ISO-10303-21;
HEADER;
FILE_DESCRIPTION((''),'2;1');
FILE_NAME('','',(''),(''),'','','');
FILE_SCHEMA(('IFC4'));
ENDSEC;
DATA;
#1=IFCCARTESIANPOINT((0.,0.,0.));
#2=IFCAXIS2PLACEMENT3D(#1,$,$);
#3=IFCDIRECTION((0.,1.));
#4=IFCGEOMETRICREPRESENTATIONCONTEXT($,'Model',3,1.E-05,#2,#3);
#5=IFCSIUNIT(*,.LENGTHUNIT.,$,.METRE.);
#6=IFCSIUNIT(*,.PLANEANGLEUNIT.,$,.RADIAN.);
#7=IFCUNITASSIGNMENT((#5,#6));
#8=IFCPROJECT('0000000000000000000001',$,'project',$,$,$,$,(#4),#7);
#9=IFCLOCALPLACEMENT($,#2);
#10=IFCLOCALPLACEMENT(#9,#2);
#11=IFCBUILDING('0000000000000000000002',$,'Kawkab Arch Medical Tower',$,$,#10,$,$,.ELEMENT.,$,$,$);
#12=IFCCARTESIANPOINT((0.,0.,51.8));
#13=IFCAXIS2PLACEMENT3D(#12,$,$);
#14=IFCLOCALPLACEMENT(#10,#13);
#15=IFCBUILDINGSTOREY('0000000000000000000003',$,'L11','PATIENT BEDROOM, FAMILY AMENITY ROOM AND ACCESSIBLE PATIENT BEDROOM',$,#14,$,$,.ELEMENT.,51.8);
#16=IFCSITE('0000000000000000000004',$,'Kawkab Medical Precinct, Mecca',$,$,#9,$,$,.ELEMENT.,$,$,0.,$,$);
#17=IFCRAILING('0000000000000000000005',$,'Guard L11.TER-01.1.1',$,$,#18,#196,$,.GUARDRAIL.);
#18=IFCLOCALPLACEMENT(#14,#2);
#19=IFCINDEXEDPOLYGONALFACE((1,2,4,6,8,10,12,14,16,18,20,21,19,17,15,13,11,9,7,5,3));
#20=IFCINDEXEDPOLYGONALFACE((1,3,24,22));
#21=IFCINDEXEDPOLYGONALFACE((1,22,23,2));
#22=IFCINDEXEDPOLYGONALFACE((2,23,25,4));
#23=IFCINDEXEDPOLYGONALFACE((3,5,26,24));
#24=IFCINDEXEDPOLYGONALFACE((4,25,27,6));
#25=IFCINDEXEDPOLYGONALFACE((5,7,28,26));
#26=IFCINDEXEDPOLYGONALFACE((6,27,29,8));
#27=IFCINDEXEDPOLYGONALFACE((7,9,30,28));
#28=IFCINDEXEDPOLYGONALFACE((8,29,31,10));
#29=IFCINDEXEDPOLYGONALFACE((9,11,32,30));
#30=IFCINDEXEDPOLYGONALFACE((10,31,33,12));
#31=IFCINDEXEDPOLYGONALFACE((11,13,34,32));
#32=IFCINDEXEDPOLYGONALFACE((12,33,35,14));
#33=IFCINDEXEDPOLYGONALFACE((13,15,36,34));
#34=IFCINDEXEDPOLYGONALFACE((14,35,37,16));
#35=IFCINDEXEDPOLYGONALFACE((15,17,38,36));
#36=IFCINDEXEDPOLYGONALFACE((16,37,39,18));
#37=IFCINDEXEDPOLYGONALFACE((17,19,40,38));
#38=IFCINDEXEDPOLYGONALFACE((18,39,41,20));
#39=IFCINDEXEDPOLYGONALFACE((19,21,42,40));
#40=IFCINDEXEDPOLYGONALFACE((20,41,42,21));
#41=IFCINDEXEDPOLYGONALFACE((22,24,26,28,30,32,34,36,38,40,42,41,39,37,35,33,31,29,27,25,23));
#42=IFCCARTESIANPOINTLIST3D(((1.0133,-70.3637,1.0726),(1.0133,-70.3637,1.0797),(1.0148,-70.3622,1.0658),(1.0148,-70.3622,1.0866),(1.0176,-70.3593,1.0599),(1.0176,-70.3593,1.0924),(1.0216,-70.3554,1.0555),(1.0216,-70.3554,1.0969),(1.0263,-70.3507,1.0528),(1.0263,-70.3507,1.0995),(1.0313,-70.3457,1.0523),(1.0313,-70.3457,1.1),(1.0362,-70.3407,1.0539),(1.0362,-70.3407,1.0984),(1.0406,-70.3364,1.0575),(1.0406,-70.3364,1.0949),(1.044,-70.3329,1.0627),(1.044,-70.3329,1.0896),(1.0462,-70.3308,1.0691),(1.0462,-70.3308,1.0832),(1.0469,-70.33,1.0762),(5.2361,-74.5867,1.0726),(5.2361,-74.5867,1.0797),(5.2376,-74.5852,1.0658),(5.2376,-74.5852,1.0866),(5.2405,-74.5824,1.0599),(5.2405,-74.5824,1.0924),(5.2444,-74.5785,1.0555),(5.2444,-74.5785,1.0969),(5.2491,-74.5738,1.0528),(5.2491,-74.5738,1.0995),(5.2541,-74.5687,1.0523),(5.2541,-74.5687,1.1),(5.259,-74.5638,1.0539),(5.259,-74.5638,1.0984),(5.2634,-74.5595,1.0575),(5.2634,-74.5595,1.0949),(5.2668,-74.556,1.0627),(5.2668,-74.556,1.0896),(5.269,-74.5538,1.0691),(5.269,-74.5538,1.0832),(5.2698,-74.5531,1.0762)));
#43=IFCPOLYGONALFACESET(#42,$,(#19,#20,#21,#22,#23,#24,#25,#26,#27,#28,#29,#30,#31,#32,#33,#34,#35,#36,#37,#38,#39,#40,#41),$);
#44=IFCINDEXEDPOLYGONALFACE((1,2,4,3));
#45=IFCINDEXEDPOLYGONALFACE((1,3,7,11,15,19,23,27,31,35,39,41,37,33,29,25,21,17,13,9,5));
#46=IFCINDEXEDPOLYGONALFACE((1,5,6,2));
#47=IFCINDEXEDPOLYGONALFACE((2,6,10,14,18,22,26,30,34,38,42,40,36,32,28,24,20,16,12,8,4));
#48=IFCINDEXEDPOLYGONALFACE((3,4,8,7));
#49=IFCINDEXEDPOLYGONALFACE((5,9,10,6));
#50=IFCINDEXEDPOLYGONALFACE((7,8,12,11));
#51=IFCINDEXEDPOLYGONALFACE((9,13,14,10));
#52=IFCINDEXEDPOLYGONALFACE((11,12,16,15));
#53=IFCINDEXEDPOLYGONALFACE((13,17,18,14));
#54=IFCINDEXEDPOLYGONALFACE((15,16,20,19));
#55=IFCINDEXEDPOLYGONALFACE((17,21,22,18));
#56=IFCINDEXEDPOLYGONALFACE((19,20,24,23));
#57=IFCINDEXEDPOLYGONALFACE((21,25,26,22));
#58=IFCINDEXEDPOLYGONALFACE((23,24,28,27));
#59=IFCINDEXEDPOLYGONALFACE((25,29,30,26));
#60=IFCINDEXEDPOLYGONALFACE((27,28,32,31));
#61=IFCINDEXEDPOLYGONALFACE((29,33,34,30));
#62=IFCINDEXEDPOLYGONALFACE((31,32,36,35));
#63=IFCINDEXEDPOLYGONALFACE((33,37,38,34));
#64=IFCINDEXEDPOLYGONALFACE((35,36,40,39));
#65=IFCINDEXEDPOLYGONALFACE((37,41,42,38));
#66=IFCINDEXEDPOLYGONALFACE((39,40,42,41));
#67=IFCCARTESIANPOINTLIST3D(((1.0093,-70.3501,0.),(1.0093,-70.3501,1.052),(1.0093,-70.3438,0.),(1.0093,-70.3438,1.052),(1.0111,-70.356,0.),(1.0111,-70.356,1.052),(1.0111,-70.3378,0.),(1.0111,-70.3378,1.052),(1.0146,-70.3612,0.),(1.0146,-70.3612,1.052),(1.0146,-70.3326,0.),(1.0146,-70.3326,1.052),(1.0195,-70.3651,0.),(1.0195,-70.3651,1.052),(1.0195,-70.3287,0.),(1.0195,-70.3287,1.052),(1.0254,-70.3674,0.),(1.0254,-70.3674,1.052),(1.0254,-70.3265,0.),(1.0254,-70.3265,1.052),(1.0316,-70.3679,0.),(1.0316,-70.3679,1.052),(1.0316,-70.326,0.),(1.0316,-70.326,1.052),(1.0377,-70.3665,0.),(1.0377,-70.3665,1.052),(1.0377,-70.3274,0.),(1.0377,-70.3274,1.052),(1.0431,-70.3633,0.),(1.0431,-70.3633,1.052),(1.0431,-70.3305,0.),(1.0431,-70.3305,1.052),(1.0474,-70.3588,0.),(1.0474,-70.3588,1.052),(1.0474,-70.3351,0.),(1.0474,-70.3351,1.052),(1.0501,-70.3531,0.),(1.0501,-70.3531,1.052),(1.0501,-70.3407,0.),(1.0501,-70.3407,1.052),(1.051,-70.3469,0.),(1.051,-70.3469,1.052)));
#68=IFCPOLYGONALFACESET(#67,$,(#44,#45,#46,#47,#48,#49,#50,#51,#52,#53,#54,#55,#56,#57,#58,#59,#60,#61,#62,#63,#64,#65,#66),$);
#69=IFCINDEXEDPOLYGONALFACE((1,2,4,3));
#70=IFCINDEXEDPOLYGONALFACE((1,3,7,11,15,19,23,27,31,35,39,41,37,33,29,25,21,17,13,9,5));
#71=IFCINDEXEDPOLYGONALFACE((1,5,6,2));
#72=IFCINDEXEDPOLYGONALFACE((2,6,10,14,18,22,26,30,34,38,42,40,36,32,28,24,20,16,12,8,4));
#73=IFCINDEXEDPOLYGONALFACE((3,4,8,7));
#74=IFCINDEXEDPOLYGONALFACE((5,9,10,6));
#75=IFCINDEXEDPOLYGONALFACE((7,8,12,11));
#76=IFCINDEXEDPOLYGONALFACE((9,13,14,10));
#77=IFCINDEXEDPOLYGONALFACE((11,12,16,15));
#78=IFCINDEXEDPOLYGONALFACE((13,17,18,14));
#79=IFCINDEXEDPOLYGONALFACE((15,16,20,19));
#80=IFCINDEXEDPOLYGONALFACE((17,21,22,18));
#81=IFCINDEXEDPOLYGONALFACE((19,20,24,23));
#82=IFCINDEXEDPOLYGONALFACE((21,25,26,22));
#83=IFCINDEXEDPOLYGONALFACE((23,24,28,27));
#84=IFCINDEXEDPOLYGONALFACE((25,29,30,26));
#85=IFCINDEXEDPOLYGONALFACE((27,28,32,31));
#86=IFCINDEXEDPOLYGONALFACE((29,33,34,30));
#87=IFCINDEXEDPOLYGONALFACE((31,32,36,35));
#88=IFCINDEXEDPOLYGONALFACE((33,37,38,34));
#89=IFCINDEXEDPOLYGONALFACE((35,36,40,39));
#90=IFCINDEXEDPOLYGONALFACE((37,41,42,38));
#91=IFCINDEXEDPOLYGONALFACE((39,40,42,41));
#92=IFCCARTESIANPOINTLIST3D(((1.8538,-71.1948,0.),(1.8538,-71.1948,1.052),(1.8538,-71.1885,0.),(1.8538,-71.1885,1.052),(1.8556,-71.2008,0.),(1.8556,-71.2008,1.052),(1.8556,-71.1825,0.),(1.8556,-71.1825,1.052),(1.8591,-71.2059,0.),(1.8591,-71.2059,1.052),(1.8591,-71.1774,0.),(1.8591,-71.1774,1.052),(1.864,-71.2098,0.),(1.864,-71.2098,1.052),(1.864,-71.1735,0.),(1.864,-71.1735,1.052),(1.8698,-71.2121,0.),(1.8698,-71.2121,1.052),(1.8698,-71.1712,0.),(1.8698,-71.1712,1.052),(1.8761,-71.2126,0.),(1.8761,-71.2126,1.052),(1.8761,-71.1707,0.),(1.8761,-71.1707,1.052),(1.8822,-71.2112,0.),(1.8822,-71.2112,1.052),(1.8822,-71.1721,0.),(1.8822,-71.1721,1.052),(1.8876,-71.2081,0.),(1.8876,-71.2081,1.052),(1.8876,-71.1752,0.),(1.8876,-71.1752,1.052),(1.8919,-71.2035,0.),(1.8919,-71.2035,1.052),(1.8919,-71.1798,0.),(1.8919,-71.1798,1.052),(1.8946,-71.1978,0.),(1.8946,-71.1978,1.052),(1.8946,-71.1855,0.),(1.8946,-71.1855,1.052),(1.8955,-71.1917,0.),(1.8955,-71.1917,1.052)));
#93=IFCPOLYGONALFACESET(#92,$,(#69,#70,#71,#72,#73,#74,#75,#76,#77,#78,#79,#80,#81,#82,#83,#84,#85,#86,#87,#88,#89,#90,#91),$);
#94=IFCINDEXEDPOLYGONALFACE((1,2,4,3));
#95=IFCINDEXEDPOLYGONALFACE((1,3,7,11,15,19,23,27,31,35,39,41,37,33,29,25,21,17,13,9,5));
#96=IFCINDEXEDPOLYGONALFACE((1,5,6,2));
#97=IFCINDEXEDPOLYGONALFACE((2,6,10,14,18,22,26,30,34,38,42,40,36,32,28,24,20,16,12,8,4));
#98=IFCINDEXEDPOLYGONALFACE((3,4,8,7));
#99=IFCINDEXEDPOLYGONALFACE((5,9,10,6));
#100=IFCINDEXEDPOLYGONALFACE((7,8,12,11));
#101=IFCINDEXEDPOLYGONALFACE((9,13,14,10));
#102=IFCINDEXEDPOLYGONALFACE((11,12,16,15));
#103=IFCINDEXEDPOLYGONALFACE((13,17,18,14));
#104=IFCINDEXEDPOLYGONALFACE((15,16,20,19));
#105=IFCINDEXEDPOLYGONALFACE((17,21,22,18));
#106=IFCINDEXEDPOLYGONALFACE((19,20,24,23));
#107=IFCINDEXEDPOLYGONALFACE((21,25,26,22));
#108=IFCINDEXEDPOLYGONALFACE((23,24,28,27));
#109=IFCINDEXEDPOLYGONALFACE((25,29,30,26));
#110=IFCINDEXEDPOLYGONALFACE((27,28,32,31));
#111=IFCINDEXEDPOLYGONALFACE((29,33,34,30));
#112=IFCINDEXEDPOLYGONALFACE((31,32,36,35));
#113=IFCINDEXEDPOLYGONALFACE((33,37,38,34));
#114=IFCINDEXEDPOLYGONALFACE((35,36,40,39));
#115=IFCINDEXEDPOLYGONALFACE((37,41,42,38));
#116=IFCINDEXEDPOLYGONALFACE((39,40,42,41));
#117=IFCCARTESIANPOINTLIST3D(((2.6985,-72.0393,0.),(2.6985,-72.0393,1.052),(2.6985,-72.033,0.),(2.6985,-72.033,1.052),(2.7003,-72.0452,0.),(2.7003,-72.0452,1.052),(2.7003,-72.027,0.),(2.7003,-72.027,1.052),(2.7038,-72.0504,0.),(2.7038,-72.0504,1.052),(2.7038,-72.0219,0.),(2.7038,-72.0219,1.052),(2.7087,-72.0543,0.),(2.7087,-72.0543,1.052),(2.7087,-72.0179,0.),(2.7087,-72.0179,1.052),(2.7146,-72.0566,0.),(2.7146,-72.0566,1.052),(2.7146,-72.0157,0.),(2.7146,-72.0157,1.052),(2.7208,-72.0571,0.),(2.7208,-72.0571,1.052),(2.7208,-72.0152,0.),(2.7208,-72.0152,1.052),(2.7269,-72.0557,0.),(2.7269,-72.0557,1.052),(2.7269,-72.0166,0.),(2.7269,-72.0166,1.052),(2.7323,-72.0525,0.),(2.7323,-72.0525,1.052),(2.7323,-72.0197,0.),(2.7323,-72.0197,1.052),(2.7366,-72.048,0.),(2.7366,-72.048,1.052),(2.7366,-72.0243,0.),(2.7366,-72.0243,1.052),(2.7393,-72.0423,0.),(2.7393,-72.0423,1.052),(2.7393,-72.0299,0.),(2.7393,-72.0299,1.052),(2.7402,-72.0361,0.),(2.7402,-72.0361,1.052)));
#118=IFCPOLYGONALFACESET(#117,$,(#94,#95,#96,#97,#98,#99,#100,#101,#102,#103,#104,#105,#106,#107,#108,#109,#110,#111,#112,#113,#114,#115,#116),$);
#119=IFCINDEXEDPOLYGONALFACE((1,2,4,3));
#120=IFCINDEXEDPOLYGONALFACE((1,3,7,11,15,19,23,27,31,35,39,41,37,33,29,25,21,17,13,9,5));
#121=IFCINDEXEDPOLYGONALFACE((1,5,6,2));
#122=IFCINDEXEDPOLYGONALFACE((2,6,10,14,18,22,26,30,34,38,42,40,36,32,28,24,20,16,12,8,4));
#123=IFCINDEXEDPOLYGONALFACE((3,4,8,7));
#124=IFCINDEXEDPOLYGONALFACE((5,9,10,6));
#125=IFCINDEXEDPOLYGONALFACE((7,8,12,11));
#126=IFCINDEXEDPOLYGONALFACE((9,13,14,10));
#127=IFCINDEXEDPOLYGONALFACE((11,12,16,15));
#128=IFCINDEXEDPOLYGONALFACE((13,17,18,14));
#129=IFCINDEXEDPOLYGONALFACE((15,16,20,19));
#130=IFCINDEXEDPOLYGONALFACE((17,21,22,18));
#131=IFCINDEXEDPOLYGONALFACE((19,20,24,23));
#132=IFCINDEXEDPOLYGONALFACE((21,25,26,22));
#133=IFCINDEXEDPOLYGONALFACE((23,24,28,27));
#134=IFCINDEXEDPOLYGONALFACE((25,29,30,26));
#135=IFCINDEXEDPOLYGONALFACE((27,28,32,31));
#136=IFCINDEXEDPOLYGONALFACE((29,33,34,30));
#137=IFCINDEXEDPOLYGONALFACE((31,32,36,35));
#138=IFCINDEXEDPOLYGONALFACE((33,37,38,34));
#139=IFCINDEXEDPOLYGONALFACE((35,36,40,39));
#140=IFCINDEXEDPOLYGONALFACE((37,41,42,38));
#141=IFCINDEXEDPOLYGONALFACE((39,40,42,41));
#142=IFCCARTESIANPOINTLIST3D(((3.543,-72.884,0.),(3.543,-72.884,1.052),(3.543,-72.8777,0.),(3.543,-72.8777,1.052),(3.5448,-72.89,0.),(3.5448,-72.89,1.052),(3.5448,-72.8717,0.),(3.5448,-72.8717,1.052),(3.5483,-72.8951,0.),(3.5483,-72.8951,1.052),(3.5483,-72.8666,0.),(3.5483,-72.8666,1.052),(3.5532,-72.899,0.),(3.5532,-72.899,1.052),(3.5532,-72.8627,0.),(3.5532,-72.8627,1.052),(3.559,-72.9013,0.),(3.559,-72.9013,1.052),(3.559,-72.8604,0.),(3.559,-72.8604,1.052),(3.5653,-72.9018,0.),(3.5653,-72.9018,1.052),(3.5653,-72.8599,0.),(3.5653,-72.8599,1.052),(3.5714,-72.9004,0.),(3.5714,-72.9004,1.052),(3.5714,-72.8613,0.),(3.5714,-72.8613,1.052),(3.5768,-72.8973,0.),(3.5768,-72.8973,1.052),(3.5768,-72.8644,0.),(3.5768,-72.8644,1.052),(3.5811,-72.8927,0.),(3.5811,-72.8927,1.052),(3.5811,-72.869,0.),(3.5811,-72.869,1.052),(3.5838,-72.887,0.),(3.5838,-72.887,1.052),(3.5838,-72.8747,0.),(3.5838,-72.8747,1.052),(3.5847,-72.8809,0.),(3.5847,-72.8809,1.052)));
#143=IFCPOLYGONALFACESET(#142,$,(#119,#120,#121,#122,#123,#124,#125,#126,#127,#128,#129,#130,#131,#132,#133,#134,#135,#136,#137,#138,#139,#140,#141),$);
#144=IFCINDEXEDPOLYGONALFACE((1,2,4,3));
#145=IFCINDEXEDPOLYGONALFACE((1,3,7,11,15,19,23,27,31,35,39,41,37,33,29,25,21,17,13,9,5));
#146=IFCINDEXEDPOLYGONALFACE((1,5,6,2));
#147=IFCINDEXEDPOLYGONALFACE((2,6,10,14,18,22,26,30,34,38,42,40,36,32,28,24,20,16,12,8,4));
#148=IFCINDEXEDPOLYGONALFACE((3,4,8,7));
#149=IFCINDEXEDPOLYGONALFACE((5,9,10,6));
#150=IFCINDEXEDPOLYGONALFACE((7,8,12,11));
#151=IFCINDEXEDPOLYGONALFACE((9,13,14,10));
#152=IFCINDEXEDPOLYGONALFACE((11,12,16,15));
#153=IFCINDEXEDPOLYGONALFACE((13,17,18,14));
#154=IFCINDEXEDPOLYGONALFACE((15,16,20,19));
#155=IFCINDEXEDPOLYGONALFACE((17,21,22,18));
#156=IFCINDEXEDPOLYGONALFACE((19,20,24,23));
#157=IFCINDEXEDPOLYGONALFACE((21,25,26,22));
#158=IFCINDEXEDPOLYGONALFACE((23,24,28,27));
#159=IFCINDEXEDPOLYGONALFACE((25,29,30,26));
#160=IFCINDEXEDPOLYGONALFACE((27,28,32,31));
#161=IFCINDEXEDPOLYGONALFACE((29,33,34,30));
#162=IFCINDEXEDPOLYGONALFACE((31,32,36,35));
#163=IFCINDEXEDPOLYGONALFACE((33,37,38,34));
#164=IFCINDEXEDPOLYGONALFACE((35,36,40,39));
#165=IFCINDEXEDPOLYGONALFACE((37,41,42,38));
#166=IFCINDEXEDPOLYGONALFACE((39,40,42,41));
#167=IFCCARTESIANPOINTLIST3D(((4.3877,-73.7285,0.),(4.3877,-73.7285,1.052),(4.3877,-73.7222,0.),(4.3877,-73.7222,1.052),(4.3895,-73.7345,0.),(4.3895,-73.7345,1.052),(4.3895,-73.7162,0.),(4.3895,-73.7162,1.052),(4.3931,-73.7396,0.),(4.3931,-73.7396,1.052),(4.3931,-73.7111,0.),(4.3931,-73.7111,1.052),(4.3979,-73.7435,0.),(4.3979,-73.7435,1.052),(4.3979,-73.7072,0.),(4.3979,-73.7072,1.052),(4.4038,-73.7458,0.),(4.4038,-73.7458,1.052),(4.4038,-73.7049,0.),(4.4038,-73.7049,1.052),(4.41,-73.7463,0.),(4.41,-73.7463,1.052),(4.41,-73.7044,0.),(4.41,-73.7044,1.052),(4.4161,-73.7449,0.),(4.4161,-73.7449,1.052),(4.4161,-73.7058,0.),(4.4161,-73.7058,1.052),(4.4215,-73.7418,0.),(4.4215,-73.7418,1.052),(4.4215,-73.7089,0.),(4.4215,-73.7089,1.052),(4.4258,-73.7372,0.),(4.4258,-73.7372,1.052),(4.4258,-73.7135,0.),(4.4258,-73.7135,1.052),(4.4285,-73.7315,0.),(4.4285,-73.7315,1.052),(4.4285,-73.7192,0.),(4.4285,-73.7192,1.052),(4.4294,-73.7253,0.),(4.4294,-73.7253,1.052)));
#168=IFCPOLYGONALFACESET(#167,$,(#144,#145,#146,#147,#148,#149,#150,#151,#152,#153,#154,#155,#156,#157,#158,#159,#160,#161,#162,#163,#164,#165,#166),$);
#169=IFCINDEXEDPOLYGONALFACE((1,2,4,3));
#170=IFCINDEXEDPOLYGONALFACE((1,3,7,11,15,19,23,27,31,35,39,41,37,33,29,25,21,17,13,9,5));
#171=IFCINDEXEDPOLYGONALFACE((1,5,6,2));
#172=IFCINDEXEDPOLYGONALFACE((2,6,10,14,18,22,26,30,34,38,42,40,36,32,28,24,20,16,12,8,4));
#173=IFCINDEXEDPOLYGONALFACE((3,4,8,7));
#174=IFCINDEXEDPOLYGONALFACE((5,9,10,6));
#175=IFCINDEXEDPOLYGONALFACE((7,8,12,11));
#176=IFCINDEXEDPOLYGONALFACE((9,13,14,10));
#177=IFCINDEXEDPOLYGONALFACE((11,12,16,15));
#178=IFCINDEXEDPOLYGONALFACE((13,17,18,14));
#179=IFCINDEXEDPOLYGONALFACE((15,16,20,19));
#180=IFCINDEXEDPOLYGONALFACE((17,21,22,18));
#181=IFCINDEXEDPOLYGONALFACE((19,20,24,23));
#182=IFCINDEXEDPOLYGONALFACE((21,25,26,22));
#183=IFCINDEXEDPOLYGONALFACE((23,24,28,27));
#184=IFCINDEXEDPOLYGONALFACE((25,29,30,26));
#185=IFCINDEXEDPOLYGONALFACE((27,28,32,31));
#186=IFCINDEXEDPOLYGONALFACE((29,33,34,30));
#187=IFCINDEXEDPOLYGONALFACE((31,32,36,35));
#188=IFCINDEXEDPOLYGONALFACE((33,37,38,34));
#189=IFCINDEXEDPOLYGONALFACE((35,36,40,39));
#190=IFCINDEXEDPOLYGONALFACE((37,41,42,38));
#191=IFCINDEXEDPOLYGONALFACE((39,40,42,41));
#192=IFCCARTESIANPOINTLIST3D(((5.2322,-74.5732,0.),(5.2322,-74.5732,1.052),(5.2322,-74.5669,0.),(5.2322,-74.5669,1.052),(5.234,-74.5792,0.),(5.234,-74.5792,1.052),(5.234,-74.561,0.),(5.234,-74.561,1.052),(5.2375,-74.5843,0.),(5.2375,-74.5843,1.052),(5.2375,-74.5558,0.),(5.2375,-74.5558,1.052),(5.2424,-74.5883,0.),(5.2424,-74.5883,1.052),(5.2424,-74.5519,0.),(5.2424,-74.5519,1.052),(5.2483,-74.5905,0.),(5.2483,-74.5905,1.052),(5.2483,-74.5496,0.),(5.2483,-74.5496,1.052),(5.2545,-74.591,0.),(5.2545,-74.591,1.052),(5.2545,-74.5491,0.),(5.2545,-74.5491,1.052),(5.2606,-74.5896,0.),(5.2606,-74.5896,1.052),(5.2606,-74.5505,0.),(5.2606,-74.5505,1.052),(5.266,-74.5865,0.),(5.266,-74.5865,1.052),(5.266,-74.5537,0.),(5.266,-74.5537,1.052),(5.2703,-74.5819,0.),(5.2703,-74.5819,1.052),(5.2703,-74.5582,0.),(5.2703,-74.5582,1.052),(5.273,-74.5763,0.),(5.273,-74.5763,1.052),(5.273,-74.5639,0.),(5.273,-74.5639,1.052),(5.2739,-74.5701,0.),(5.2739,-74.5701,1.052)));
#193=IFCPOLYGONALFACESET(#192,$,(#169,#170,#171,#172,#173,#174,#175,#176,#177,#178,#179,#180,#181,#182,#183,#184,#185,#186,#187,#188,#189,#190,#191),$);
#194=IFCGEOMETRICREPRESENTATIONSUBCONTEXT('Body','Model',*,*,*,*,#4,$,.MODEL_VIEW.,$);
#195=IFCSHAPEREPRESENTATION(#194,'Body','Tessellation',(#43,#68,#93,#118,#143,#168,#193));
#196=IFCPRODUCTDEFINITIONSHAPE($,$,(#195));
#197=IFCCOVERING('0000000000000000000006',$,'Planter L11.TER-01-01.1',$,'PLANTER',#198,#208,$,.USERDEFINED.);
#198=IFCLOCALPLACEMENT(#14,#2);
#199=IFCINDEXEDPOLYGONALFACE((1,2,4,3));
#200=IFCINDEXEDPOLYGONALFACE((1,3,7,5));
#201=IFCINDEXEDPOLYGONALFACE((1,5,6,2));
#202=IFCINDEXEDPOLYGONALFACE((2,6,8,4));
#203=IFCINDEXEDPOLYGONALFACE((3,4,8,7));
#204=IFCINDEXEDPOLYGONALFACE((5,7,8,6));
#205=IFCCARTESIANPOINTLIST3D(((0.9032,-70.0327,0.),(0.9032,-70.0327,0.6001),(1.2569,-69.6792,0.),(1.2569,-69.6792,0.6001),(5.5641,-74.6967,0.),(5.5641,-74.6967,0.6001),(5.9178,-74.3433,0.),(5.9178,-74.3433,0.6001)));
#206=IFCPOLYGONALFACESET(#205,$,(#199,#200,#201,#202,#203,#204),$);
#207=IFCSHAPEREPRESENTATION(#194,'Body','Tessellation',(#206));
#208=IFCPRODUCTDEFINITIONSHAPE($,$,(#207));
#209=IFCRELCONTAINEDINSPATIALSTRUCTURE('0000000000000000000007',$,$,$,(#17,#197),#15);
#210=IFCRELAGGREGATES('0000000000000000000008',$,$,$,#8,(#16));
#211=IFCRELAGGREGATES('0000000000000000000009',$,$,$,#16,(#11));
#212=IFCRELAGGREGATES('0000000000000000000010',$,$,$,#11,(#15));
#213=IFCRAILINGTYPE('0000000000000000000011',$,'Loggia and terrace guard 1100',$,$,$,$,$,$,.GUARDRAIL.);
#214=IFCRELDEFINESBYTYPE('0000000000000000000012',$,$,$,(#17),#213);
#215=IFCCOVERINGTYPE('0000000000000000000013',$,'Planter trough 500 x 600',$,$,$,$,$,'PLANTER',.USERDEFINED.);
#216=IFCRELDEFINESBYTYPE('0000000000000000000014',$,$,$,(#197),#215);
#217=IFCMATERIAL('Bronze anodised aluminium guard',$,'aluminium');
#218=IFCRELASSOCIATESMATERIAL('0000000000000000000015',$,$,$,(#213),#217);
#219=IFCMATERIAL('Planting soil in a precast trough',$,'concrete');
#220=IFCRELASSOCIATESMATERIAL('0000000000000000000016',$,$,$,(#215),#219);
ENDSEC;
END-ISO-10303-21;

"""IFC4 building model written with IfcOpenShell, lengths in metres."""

from ifc_helpers import new_model, si_unit, direction, frame, origin, origin_2d, place, context, subcontext, project, spatial, rectangle, circle, extrude, material, material_profile, profile_set, type_object, element, save


model = new_model("IFC4")

# Units and contexts
model_context = context("Model", 3, precision=1e-05, world=origin(), true_north=direction((0.0, 1.0)))
body_context = subcontext(model_context, "Body", "Model", "MODEL_VIEW")
ifc_project = project(units=[si_unit("LENGTHUNIT", "METRE"), si_unit("PLANEANGLEUNIT", "RADIAN")], contexts=[model_context])

# Site, building, storey
site_placement = place(None, origin())
site = spatial("IfcSite", under=ifc_project, at=site_placement, Name="Kawkab Medical Precinct, Mecca", CompositionType="ELEMENT", RefElevation=0.0)
building_placement = place(site_placement, origin())
building = spatial("IfcBuilding", under=site, at=building_placement, Name="Kawkab Arch Medical Tower", CompositionType="ELEMENT")
storey_placement = place(building_placement, frame((0.0, 0.0, 51.8)))
storey = spatial("IfcBuildingStorey", under=building, at=storey_placement, Name="L11", Description="PATIENT BEDROOM, FAMILY AMENITY ROOM AND ACCESSIBLE PATIENT BEDROOM", CompositionType="ELEMENT", Elevation=51.8)

# Railing
ifc_material_1 = material(Name="Bronze anodised aluminium guard", Category="aluminium")
railing_type_1 = type_object("IfcRailingType", Name="Loggia and terrace guard 1100", PredefinedType="GUARDRAIL", material=ifc_material_1)
railing_1_placement = place(storey_placement, frame((1.03, -70.3469, 0.0)))
element("IfcRailing", 1, at=railing_1_placement, inside=storey, type_object=railing_type_1, Name="Guard L11.TER-01.1.1", PredefinedType="GUARDRAIL", context=body_context, shape_type="SweptSolid", body=[
    extrude(circle(Radius=0.0239, at=origin_2d()), frame((0.0, 0.0, 1.0762), z_axis=(0.707086, -0.707127, 0.0), x_axis=(0.707127, 0.707086, 0.0)), (0.0, 0.0, 1.0), 5.9722),
    extrude(circle(Radius=0.021, at=origin_2d()), origin(), (0.0, 0.0, 1.0), 1.052),
    extrude(circle(Radius=0.021, at=origin_2d()), frame((0.8445, -0.8447, 0.0)), (0.0, 0.0, 1.0), 1.052),
    extrude(circle(Radius=0.021, at=origin_2d()), frame((1.6892, -1.6892, 0.0)), (0.0, 0.0, 1.0), 1.052),
    extrude(circle(Radius=0.021, at=origin_2d()), frame((2.5337, -2.5339, 0.0)), (0.0, 0.0, 1.0), 1.052),
    extrude(circle(Radius=0.021, at=origin_2d()), frame((3.3784, -3.3784, 0.0)), (0.0, 0.0, 1.0), 1.052),
    extrude(circle(Radius=0.021, at=origin_2d()), frame((4.2229, -4.2231, 0.0)), (0.0, 0.0, 1.0), 1.052),
])

# Covering
ifc_material_2 = material(Name="Planting soil in a precast trough", Category="concrete")
ifc_material_profile_1 = material_profile(ifc_material_2, rectangle(XDim=0.5, YDim=0.6001, at=origin_2d()), Name="Trough 500x600")
ifc_profile_set_1 = profile_set([ifc_material_profile_1], Name="Planting soil in a precast trough")
covering_type = type_object("IfcCoveringType", Name="Planter trough 500 x 600", ElementType="PLANTER", PredefinedType="USERDEFINED", material=ifc_profile_set_1)
covering_1_placement = place(storey_placement, frame((1.0801, -69.856, 0.3), z_axis=(0.706866, -0.707347, 0.0), x_axis=(0.707347, 0.706866, 0.0)))
element("IfcCovering", 2, at=covering_1_placement, inside=storey, type_object=covering_type, Name="Planter L11.TER-01-01.1", ObjectType="PLANTER", PredefinedType="USERDEFINED", context=body_context, shape_type="SweptSolid", body=[
    extrude(rectangle(XDim=0.5, YDim=0.6001, at=origin_2d()), origin(), (0.0, 0.0, 1.0), 6.5938),
])

save(model, "model.ifc")
